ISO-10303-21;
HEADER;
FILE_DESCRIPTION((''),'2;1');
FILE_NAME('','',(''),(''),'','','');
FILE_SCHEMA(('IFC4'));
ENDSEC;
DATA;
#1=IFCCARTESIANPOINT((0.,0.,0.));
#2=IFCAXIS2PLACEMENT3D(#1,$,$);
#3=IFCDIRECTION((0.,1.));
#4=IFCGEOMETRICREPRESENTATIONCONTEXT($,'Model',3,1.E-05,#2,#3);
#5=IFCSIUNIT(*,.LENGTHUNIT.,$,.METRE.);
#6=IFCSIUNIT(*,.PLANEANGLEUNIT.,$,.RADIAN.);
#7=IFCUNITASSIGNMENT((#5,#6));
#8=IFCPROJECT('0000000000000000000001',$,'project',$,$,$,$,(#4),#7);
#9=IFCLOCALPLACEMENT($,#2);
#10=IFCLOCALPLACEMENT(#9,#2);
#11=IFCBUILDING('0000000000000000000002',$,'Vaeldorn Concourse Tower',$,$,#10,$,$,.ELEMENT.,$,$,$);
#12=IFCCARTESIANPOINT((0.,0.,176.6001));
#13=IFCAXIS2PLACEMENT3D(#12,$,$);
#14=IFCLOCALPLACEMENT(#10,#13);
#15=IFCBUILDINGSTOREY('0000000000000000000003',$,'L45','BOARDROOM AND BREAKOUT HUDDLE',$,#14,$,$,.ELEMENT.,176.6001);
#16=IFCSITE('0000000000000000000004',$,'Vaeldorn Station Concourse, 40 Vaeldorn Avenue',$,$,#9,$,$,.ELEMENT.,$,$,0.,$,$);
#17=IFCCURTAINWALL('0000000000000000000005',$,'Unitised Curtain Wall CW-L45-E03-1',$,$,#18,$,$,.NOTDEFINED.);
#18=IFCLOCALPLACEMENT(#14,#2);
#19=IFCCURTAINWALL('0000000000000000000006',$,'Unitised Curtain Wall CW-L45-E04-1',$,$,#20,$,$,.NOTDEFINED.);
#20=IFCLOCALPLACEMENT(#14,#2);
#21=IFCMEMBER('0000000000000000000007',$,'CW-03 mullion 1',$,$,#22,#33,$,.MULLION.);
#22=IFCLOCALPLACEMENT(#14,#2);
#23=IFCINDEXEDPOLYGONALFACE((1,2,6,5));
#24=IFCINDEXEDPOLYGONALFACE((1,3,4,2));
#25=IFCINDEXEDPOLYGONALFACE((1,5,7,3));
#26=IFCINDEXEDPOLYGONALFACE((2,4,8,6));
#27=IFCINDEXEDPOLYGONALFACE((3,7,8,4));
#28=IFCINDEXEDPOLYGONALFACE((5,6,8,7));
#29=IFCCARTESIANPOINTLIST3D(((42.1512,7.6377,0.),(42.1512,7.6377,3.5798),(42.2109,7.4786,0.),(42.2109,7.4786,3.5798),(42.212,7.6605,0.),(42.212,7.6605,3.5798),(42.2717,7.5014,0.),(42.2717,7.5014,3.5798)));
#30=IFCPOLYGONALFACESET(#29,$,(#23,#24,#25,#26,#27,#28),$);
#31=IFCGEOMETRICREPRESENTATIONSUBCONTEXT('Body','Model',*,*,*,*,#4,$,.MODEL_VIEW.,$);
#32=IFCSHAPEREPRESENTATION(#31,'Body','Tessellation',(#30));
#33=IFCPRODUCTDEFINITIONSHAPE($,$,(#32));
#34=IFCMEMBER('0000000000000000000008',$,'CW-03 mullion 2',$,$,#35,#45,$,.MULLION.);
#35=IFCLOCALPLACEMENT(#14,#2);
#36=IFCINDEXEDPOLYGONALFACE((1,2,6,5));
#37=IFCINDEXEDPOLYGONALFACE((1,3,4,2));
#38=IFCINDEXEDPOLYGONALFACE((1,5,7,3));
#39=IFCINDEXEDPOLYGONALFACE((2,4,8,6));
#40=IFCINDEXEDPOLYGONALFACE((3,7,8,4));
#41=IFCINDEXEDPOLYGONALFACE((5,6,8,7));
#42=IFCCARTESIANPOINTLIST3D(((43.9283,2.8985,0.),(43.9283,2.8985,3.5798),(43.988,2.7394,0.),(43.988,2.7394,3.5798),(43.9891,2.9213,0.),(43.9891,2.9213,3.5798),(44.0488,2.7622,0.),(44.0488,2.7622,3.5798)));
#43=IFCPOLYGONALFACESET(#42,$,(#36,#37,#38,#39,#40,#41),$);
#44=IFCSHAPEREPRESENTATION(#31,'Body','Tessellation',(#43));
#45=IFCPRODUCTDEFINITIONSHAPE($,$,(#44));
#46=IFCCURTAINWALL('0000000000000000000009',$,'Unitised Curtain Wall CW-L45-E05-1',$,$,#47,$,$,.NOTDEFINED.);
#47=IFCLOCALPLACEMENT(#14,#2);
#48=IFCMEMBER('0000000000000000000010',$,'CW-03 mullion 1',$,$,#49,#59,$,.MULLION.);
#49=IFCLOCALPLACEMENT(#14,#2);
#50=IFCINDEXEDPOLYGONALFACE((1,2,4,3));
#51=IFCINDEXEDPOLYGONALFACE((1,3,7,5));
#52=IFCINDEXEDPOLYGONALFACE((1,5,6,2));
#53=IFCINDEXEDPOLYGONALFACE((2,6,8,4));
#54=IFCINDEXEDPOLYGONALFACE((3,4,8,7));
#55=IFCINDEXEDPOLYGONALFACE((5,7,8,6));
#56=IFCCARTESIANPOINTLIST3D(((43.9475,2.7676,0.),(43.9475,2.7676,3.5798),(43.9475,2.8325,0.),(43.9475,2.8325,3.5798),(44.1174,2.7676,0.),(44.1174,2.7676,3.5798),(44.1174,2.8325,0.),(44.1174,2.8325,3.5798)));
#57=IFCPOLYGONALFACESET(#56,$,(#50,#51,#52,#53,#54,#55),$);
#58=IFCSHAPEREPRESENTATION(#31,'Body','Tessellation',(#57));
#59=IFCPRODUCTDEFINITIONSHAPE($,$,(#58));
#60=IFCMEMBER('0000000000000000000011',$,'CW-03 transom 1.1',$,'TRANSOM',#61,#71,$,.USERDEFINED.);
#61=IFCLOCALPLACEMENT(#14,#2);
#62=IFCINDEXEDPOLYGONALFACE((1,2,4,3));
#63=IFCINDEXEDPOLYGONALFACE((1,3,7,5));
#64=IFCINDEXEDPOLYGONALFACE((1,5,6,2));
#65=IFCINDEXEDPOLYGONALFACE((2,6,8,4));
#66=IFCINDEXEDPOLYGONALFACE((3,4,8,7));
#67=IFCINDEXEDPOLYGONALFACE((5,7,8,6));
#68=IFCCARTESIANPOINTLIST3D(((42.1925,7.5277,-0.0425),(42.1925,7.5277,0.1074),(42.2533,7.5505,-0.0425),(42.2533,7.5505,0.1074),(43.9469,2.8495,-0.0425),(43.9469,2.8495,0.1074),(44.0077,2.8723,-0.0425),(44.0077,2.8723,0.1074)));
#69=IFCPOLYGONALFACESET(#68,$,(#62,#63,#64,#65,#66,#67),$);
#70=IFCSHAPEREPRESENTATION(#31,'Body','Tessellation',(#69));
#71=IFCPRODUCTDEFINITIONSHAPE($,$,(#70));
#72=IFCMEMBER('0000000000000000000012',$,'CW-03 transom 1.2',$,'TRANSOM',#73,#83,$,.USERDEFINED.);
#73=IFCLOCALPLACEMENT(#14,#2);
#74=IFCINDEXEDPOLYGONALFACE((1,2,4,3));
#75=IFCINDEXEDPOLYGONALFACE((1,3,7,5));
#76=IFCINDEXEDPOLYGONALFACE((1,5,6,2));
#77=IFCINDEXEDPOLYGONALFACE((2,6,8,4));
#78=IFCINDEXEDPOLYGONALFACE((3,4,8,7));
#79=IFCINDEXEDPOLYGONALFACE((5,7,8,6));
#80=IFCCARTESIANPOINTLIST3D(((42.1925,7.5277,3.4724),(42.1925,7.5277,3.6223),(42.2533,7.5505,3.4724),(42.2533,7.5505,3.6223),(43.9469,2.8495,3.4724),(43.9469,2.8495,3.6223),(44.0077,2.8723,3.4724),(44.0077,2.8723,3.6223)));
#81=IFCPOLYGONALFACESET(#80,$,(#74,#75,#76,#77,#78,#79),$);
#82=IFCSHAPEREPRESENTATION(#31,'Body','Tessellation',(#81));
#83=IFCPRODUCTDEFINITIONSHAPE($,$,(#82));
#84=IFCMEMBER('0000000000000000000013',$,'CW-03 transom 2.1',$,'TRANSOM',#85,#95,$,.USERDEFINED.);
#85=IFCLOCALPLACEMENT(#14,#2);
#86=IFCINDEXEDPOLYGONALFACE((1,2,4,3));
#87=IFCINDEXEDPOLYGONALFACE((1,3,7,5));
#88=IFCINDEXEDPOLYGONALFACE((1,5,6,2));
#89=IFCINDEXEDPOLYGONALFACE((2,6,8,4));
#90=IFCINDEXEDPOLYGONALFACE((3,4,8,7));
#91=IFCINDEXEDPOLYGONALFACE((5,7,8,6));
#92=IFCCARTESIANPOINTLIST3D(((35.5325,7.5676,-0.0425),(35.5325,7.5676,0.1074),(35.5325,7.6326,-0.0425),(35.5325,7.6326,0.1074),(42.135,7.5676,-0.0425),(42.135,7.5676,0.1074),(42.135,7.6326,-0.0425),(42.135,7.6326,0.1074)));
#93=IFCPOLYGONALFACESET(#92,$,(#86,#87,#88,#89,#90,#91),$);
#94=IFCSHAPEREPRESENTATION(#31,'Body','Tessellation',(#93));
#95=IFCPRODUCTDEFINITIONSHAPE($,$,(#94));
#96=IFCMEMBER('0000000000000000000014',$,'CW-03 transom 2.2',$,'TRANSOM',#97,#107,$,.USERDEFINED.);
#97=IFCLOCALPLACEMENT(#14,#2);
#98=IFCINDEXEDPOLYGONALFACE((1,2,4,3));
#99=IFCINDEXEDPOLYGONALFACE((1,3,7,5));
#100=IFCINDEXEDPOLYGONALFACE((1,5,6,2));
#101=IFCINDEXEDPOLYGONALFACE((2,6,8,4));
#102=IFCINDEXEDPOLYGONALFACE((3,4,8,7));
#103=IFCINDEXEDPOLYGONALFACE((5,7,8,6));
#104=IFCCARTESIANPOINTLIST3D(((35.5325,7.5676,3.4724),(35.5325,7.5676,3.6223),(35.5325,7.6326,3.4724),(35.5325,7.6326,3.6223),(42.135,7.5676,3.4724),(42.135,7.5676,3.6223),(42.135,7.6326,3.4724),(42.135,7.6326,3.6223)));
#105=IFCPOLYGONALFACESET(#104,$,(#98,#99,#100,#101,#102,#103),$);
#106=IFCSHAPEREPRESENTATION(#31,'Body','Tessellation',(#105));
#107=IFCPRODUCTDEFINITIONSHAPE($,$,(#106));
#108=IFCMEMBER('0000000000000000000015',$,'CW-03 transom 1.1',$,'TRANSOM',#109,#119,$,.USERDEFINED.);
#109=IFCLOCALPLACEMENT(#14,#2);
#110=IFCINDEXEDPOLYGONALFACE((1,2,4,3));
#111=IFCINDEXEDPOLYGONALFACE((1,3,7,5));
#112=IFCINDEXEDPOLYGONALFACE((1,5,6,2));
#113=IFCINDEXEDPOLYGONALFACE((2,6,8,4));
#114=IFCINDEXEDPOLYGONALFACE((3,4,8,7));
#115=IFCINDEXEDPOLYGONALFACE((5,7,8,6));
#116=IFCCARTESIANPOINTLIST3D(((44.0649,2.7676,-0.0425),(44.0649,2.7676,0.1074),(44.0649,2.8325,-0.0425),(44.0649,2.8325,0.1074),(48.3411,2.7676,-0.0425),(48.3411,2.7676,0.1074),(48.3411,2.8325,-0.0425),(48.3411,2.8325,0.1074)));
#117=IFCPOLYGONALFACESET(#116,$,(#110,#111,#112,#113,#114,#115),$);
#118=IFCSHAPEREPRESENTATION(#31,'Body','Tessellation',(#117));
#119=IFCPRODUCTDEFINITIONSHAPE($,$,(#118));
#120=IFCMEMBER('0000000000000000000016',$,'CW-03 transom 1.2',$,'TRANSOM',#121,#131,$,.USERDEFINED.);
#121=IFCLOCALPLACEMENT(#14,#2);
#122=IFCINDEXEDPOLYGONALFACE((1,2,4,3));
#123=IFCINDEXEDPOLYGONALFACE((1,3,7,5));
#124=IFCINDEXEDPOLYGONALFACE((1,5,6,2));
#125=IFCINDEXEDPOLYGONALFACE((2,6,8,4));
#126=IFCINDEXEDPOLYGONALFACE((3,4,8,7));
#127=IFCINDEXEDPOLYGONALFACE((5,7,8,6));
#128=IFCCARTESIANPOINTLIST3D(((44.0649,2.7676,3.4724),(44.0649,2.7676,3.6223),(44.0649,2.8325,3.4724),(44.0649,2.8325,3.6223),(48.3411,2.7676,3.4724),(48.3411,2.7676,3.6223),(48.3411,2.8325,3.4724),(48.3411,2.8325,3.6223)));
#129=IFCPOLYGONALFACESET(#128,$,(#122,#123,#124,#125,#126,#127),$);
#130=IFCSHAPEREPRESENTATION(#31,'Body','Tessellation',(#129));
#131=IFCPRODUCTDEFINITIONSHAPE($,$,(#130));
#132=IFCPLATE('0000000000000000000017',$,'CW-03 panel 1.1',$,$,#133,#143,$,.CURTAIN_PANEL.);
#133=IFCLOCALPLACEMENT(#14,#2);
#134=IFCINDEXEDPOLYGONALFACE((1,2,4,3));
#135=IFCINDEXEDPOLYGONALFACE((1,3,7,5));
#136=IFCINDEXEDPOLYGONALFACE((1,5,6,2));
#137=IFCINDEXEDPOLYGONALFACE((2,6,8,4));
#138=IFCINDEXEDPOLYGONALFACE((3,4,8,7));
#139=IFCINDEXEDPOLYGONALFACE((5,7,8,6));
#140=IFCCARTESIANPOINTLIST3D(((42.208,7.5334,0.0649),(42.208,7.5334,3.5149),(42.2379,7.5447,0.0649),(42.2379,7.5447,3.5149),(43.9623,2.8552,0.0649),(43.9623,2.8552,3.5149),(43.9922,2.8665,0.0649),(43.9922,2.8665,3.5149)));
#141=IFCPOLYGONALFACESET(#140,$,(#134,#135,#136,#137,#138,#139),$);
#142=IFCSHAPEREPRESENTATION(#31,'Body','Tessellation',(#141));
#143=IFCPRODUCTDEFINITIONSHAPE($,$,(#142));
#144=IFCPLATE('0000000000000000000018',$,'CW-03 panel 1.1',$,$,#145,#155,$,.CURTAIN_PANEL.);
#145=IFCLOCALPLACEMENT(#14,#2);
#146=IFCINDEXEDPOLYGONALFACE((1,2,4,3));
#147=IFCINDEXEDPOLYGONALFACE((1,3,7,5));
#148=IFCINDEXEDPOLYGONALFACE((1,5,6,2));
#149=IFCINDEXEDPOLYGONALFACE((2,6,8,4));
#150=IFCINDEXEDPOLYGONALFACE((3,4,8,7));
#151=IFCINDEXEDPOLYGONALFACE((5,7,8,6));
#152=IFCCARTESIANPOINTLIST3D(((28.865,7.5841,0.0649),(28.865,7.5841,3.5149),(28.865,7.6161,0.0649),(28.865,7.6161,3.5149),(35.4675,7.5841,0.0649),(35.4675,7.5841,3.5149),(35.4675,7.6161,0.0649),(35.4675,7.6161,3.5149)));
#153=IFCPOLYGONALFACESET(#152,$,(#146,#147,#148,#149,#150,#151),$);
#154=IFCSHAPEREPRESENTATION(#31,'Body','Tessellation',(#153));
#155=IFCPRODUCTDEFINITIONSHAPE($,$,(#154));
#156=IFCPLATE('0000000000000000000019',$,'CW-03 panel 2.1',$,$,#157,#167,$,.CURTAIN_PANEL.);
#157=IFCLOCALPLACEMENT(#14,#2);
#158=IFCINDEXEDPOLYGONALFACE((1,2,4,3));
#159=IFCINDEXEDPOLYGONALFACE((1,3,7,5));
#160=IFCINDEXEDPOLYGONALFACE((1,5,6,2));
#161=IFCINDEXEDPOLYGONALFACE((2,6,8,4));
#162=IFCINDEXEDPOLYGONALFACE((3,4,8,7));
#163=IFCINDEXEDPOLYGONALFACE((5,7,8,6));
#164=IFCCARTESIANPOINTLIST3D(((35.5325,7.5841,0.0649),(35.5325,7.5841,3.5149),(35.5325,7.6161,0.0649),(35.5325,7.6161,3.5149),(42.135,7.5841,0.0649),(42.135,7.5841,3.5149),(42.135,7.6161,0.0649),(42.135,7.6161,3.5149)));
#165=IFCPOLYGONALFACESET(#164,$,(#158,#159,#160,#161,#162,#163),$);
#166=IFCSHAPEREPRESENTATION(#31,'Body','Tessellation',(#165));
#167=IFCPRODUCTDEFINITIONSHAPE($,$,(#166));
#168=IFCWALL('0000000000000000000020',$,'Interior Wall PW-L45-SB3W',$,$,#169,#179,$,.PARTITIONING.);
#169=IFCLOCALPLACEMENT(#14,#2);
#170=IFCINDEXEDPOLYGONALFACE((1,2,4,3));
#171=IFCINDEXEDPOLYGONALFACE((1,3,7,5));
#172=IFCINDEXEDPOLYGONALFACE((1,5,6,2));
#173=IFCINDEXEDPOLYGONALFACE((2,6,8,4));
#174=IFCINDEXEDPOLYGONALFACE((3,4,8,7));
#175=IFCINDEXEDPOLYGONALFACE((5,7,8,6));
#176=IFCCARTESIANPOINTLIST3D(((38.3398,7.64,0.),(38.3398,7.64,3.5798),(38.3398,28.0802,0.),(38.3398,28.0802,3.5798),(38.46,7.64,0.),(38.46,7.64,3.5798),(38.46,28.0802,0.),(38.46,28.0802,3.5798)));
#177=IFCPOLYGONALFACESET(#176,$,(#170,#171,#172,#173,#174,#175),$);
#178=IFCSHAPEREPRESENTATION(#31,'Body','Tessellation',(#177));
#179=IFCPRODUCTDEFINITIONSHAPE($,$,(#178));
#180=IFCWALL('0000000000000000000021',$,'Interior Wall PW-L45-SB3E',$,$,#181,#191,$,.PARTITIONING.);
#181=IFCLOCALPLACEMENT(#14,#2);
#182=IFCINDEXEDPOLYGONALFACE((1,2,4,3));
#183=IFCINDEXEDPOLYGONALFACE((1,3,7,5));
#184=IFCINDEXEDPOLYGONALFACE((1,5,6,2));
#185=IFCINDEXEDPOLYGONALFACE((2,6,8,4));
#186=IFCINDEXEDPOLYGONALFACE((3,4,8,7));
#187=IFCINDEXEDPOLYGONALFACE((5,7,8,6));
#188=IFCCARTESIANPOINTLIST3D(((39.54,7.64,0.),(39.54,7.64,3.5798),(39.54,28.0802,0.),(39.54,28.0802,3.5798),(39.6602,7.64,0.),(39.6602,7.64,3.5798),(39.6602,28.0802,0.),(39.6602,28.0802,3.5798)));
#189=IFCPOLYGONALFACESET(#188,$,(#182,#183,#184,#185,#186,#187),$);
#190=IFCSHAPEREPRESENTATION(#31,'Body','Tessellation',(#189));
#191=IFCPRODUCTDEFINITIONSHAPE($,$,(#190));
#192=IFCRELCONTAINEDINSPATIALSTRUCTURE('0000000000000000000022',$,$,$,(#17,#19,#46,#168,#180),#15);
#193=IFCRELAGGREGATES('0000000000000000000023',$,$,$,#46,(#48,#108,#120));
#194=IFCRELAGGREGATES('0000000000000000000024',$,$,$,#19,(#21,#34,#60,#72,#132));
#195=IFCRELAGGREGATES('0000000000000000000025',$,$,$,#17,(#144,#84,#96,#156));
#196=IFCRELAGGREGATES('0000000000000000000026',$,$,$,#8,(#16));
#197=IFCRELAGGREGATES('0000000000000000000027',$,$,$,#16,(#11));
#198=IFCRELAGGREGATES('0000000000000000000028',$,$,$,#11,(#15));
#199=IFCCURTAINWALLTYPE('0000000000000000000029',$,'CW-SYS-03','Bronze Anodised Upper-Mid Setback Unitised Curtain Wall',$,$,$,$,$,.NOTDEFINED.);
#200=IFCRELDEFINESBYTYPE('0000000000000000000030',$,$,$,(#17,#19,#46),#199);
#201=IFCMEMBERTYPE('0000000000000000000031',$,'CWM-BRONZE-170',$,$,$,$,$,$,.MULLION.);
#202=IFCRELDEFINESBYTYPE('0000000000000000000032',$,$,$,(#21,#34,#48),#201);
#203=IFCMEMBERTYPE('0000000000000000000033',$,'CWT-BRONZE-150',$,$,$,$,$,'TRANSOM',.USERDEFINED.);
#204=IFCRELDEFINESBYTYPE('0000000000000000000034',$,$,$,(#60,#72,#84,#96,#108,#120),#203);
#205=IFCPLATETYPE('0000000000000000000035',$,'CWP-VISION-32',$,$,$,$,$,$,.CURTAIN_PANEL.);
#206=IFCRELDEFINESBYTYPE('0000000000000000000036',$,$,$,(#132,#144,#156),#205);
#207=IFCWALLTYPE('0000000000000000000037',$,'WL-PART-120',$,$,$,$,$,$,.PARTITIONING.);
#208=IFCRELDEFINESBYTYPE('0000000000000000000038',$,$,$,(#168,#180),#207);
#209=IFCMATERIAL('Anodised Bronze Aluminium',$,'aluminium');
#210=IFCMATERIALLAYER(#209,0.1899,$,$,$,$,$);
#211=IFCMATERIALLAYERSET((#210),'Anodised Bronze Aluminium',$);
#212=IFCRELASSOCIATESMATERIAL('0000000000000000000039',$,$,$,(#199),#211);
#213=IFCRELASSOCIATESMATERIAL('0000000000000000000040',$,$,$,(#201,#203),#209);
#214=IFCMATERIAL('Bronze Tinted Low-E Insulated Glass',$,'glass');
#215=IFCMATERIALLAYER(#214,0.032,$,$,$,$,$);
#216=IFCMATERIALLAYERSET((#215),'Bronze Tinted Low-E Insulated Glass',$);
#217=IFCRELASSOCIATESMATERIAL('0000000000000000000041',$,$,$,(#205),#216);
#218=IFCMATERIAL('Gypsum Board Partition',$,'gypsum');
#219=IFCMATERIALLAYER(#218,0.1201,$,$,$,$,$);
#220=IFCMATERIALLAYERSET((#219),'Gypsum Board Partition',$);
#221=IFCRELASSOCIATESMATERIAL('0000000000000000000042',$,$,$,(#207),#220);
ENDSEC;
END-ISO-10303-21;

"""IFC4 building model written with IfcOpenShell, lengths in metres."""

from ifc_helpers import new_model, si_unit, direction, frame, frame_2d, origin, origin_2d, place, context, subcontext, project, spatial, rectangle, extrude, source, transform, mapped, material, layer, layer_set, material_profile, profile_set, type_object, element, aggregate, save


model = new_model("IFC4")

# Units and contexts
model_context = context("Model", 3, precision=1e-05, world=origin(), true_north=direction((0.0, 1.0)))
body_context = subcontext(model_context, "Body", "Model", "MODEL_VIEW")
ifc_project = project(units=[si_unit("LENGTHUNIT", "METRE"), si_unit("PLANEANGLEUNIT", "RADIAN")], contexts=[model_context])

# Site, building, storey
site_placement = place(None, origin())
site = spatial("IfcSite", under=ifc_project, at=site_placement, Name="Vaeldorn Station Concourse, 40 Vaeldorn Avenue", CompositionType="ELEMENT", RefElevation=0.0)
building_placement = place(site_placement, origin())
building = spatial("IfcBuilding", under=site, at=building_placement, Name="Vaeldorn Concourse Tower", CompositionType="ELEMENT")
storey_placement = place(building_placement, frame((0.0, 0.0, 176.6001)))
storey = spatial("IfcBuildingStorey", under=building, at=storey_placement, Name="L45", Description="BOARDROOM AND BREAKOUT HUDDLE", CompositionType="ELEMENT", Elevation=176.6001)

# Curtain walls, members
ifc_material_1 = material(Name="Anodised Bronze Aluminium", Category="aluminium")
ifc_layer_1 = layer(ifc_material_1, 0.1899)
ifc_layer_set_1 = layer_set([ifc_layer_1], Name="Anodised Bronze Aluminium")
curtain_wall_type = type_object("IfcCurtainWallType", Name="CW-SYS-03", Description="Bronze Anodised Upper-Mid Setback Unitised Curtain Wall", PredefinedType="NOTDEFINED", material=ifc_layer_set_1)
curtain_wall_1_placement = place(storey_placement, origin())
curtain_wall_1 = element("IfcCurtainWall", 1, at=curtain_wall_1_placement, inside=storey, type_object=curtain_wall_type, Name="Unitised Curtain Wall CW-L45-E03-1", PredefinedType="NOTDEFINED")
ifc_material_profile_1 = material_profile(ifc_material_1, rectangle(XDim=0.0649, YDim=0.1699, at=origin_2d()), Name="CWM 65x170")
ifc_profile_set_1 = profile_set([ifc_material_profile_1], Name="Anodised Bronze Aluminium")
member_type_1 = type_object("IfcMemberType", Name="CWM-BRONZE-170", PredefinedType="MULLION", material=ifc_profile_set_1)
shared_shape_1 = source(origin(), body_context, "Body", "SweptSolid", [
    extrude(rectangle(XDim=0.0649, YDim=0.1699, at=origin_2d()), origin(), (0.0, 0.0, 1.0), 3.5798),
])
curtain_wall_2_placement = place(storey_placement, origin())
curtain_wall_2 = element("IfcCurtainWall", 2, at=curtain_wall_2_placement, inside=storey, type_object=curtain_wall_type, Name="Unitised Curtain Wall CW-L45-E04-1", PredefinedType="NOTDEFINED")
member_1_placement = place(storey_placement, frame((42.2114, 7.5696, 0.0), z_axis=(0.0, 0.0, 1.0), x_axis=(0.936329, 0.351123, 0.0)))
member_1 = element("IfcMember", 3, at=member_1_placement, type_object=member_type_1, Name="CW-03 mullion 1", PredefinedType="MULLION", context=body_context, shape_type="MappedRepresentation", body=[
    mapped(shared_shape_1, transform((0.0, 0.0, 0.0), scale=1.0)),
])
member_2_placement = place(storey_placement, frame((43.9885, 2.8303, 0.0), z_axis=(0.0, 0.0, 1.0), x_axis=(0.936329, 0.351123, 0.0)))
member_2 = element("IfcMember", 4, at=member_2_placement, type_object=member_type_1, Name="CW-03 mullion 2", PredefinedType="MULLION", context=body_context, shape_type="MappedRepresentation", body=[
    mapped(shared_shape_1, transform((0.0, 0.0, 0.0), scale=1.0)),
])

# Curtain wall, member
curtain_wall_3_placement = place(storey_placement, origin())
curtain_wall_3 = element("IfcCurtainWall", 5, at=curtain_wall_3_placement, inside=storey, type_object=curtain_wall_type, Name="Unitised Curtain Wall CW-L45-E05-1", PredefinedType="NOTDEFINED")
member_3_placement = place(storey_placement, frame((44.0325, 2.8, 0.0), z_axis=(0.0, 0.0, 1.0), x_axis=(0.0, 1.0, 0.0)))
member_3 = element("IfcMember", 6, at=member_3_placement, type_object=member_type_1, Name="CW-03 mullion 1", PredefinedType="MULLION", context=body_context, shape_type="MappedRepresentation", body=[
    mapped(shared_shape_1, transform((0.0, 0.0, 0.0), scale=1.0)),
])

# Members
ifc_material_profile_2 = material_profile(ifc_material_1, rectangle(XDim=0.0649, YDim=0.1499, at=origin_2d()), Name="CWT 65x150")
ifc_profile_set_2 = profile_set([ifc_material_profile_2], Name="Anodised Bronze Aluminium")
member_type_2 = type_object("IfcMemberType", Name="CWT-BRONZE-150", ElementType="TRANSOM", PredefinedType="USERDEFINED", material=ifc_profile_set_2)
shared_shape_2 = source(origin(), body_context, "Body", "SweptSolid", [
    extrude(rectangle(XDim=0.0649, YDim=0.1499, at=origin_2d()), origin(), (0.0, 0.0, 1.0), 4.9963),
])
member_4_placement = place(storey_placement, frame((42.2229, 7.5391, 0.0325), z_axis=(0.351134, -0.936325, 0.0), x_axis=(0.936325, 0.351134, 0.0)))
member_4 = element("IfcMember", 7, at=member_4_placement, type_object=member_type_2, Name="CW-03 transom 1.1", ObjectType="TRANSOM", PredefinedType="USERDEFINED", context=body_context, shape_type="MappedRepresentation", body=[
    mapped(shared_shape_2, transform((0.0, 0.0, 0.0), scale=1.0)),
])
member_5_placement = place(storey_placement, frame((42.2229, 7.5391, 3.5474), z_axis=(0.351134, -0.936325, 0.0), x_axis=(0.936325, 0.351134, 0.0)))
member_5 = element("IfcMember", 8, at=member_5_placement, type_object=member_type_2, Name="CW-03 transom 1.2", ObjectType="TRANSOM", PredefinedType="USERDEFINED", context=body_context, shape_type="MappedRepresentation", body=[
    mapped(shared_shape_2, transform((0.0, 0.0, 0.0), scale=1.0)),
])
shared_shape_3 = source(origin(), body_context, "Body", "SweptSolid", [
    extrude(rectangle(XDim=0.0649, YDim=0.1499, at=origin_2d()), origin(), (0.0, 0.0, 1.0), 6.6025),
])
member_6_placement = place(storey_placement, frame((35.5325, 7.6001, 0.0325), z_axis=(1.0, 0.0, 0.0), x_axis=(0.0, 1.0, 0.0)))
member_6 = element("IfcMember", 9, at=member_6_placement, type_object=member_type_2, Name="CW-03 transom 2.1", ObjectType="TRANSOM", PredefinedType="USERDEFINED", context=body_context, shape_type="MappedRepresentation", body=[
    mapped(shared_shape_3, transform((0.0, 0.0, 0.0), scale=1.0)),
])
member_7_placement = place(storey_placement, frame((35.5325, 7.6001, 3.5474), z_axis=(1.0, 0.0, 0.0), x_axis=(0.0, 1.0, 0.0)))
member_7 = element("IfcMember", 10, at=member_7_placement, type_object=member_type_2, Name="CW-03 transom 2.2", ObjectType="TRANSOM", PredefinedType="USERDEFINED", context=body_context, shape_type="MappedRepresentation", body=[
    mapped(shared_shape_3, transform((0.0, 0.0, 0.0), scale=1.0)),
])
shared_shape_4 = source(origin(), body_context, "Body", "SweptSolid", [
    extrude(rectangle(XDim=0.0649, YDim=0.1499, at=origin_2d()), origin(), (0.0, 0.0, 1.0), 4.2761),
])
member_8_placement = place(storey_placement, frame((44.0649, 2.8, 0.0325), z_axis=(1.0, 0.0, 0.0), x_axis=(0.0, 1.0, 0.0)))
member_8 = element("IfcMember", 11, at=member_8_placement, type_object=member_type_2, Name="CW-03 transom 1.1", ObjectType="TRANSOM", PredefinedType="USERDEFINED", context=body_context, shape_type="MappedRepresentation", body=[
    mapped(shared_shape_4, transform((0.0, 0.0, 0.0), scale=1.0)),
])
member_9_placement = place(storey_placement, frame((44.0649, 2.8, 3.5474), z_axis=(1.0, 0.0, 0.0), x_axis=(0.0, 1.0, 0.0)))
member_9 = element("IfcMember", 12, at=member_9_placement, type_object=member_type_2, Name="CW-03 transom 1.2", ObjectType="TRANSOM", PredefinedType="USERDEFINED", context=body_context, shape_type="MappedRepresentation", body=[
    mapped(shared_shape_4, transform((0.0, 0.0, 0.0), scale=1.0)),
])
aggregate(curtain_wall_3, [member_3, member_8, member_9])

# Plates
ifc_material_2 = material(Name="Bronze Tinted Low-E Insulated Glass", Category="glass")
ifc_layer_2 = layer(ifc_material_2, 0.032)
ifc_layer_set_2 = layer_set([ifc_layer_2], Name="Bronze Tinted Low-E Insulated Glass")
plate_type = type_object("IfcPlateType", Name="CWP-VISION-32", PredefinedType="CURTAIN_PANEL", material=ifc_layer_set_2)
shared_shape_5 = source(origin(), body_context, "Body", "SweptSolid", [
    extrude(rectangle(XDim=4.9963, YDim=0.032, at=origin_2d()), origin(), (0.0, 0.0, 1.0), 3.45),
])
plate_1_placement = place(storey_placement, frame((43.1001, 5.2, 0.0649), z_axis=(0.0, 0.0, 1.0), x_axis=(0.351123, -0.936329, 0.0)))
plate_1 = element("IfcPlate", 13, at=plate_1_placement, type_object=plate_type, Name="CW-03 panel 1.1", PredefinedType="CURTAIN_PANEL", context=body_context, shape_type="MappedRepresentation", body=[
    mapped(shared_shape_5, transform((0.0, 0.0, 0.0), scale=1.0)),
])
aggregate(curtain_wall_2, [member_1, member_2, member_4, member_5, plate_1])
shared_shape_6 = source(origin(), body_context, "Body", "SweptSolid", [
    extrude(rectangle(XDim=6.6025, YDim=0.032, at=origin_2d()), origin(), (0.0, 0.0, 1.0), 3.45),
])
plate_2_placement = place(storey_placement, frame((32.1663, 7.6001, 0.0649), z_axis=(0.0, 0.0, 1.0), x_axis=(1.0, 0.0, 0.0)))
plate_2 = element("IfcPlate", 14, at=plate_2_placement, type_object=plate_type, Name="CW-03 panel 1.1", PredefinedType="CURTAIN_PANEL", context=body_context, shape_type="MappedRepresentation", body=[
    mapped(shared_shape_6, transform((0.0, 0.0, 0.0), scale=1.0)),
])
plate_3_placement = place(storey_placement, frame((38.8337, 7.6001, 0.0649), z_axis=(0.0, 0.0, 1.0), x_axis=(1.0, 0.0, 0.0)))
plate_3 = element("IfcPlate", 15, at=plate_3_placement, type_object=plate_type, Name="CW-03 panel 2.1", PredefinedType="CURTAIN_PANEL", context=body_context, shape_type="MappedRepresentation", body=[
    mapped(shared_shape_6, transform((0.0, 0.0, 0.0), scale=1.0)),
])
aggregate(curtain_wall_1, [plate_2, member_6, member_7, plate_3])

# Walls
ifc_material_3 = material(Name="Gypsum Board Partition", Category="gypsum")
ifc_layer_3 = layer(ifc_material_3, 0.1201)
ifc_layer_set_3 = layer_set([ifc_layer_3], Name="Gypsum Board Partition")
wall_type = type_object("IfcWallType", Name="WL-PART-120", PredefinedType="PARTITIONING", material=ifc_layer_set_3)
for number, where, z_axis, x_axis, name in (
    (16, (38.3999, 7.6399, 0.0), (0.0, 0.0, 1.0), (0.0, 1.0, 0.0), "Interior Wall PW-L45-SB3W"),
    (17, (39.6001, 7.6399, 0.0), (0.0, 0.0, 1.0), (0.0, 1.0, 0.0), "Interior Wall PW-L45-SB3E"),
):
    element("IfcWall", number, at=place(storey_placement, frame(where, z_axis=z_axis, x_axis=x_axis)), inside=storey, type_object=wall_type, Name=name, PredefinedType="PARTITIONING", context=body_context, shape_type="SweptSolid", body=[
        extrude(rectangle(XDim=20.4402, YDim=0.1201, at=frame_2d((10.2202, 0.0))), origin(), (0.0, 0.0, 1.0), 3.5798),
    ])

save(model, "model.ifc")
